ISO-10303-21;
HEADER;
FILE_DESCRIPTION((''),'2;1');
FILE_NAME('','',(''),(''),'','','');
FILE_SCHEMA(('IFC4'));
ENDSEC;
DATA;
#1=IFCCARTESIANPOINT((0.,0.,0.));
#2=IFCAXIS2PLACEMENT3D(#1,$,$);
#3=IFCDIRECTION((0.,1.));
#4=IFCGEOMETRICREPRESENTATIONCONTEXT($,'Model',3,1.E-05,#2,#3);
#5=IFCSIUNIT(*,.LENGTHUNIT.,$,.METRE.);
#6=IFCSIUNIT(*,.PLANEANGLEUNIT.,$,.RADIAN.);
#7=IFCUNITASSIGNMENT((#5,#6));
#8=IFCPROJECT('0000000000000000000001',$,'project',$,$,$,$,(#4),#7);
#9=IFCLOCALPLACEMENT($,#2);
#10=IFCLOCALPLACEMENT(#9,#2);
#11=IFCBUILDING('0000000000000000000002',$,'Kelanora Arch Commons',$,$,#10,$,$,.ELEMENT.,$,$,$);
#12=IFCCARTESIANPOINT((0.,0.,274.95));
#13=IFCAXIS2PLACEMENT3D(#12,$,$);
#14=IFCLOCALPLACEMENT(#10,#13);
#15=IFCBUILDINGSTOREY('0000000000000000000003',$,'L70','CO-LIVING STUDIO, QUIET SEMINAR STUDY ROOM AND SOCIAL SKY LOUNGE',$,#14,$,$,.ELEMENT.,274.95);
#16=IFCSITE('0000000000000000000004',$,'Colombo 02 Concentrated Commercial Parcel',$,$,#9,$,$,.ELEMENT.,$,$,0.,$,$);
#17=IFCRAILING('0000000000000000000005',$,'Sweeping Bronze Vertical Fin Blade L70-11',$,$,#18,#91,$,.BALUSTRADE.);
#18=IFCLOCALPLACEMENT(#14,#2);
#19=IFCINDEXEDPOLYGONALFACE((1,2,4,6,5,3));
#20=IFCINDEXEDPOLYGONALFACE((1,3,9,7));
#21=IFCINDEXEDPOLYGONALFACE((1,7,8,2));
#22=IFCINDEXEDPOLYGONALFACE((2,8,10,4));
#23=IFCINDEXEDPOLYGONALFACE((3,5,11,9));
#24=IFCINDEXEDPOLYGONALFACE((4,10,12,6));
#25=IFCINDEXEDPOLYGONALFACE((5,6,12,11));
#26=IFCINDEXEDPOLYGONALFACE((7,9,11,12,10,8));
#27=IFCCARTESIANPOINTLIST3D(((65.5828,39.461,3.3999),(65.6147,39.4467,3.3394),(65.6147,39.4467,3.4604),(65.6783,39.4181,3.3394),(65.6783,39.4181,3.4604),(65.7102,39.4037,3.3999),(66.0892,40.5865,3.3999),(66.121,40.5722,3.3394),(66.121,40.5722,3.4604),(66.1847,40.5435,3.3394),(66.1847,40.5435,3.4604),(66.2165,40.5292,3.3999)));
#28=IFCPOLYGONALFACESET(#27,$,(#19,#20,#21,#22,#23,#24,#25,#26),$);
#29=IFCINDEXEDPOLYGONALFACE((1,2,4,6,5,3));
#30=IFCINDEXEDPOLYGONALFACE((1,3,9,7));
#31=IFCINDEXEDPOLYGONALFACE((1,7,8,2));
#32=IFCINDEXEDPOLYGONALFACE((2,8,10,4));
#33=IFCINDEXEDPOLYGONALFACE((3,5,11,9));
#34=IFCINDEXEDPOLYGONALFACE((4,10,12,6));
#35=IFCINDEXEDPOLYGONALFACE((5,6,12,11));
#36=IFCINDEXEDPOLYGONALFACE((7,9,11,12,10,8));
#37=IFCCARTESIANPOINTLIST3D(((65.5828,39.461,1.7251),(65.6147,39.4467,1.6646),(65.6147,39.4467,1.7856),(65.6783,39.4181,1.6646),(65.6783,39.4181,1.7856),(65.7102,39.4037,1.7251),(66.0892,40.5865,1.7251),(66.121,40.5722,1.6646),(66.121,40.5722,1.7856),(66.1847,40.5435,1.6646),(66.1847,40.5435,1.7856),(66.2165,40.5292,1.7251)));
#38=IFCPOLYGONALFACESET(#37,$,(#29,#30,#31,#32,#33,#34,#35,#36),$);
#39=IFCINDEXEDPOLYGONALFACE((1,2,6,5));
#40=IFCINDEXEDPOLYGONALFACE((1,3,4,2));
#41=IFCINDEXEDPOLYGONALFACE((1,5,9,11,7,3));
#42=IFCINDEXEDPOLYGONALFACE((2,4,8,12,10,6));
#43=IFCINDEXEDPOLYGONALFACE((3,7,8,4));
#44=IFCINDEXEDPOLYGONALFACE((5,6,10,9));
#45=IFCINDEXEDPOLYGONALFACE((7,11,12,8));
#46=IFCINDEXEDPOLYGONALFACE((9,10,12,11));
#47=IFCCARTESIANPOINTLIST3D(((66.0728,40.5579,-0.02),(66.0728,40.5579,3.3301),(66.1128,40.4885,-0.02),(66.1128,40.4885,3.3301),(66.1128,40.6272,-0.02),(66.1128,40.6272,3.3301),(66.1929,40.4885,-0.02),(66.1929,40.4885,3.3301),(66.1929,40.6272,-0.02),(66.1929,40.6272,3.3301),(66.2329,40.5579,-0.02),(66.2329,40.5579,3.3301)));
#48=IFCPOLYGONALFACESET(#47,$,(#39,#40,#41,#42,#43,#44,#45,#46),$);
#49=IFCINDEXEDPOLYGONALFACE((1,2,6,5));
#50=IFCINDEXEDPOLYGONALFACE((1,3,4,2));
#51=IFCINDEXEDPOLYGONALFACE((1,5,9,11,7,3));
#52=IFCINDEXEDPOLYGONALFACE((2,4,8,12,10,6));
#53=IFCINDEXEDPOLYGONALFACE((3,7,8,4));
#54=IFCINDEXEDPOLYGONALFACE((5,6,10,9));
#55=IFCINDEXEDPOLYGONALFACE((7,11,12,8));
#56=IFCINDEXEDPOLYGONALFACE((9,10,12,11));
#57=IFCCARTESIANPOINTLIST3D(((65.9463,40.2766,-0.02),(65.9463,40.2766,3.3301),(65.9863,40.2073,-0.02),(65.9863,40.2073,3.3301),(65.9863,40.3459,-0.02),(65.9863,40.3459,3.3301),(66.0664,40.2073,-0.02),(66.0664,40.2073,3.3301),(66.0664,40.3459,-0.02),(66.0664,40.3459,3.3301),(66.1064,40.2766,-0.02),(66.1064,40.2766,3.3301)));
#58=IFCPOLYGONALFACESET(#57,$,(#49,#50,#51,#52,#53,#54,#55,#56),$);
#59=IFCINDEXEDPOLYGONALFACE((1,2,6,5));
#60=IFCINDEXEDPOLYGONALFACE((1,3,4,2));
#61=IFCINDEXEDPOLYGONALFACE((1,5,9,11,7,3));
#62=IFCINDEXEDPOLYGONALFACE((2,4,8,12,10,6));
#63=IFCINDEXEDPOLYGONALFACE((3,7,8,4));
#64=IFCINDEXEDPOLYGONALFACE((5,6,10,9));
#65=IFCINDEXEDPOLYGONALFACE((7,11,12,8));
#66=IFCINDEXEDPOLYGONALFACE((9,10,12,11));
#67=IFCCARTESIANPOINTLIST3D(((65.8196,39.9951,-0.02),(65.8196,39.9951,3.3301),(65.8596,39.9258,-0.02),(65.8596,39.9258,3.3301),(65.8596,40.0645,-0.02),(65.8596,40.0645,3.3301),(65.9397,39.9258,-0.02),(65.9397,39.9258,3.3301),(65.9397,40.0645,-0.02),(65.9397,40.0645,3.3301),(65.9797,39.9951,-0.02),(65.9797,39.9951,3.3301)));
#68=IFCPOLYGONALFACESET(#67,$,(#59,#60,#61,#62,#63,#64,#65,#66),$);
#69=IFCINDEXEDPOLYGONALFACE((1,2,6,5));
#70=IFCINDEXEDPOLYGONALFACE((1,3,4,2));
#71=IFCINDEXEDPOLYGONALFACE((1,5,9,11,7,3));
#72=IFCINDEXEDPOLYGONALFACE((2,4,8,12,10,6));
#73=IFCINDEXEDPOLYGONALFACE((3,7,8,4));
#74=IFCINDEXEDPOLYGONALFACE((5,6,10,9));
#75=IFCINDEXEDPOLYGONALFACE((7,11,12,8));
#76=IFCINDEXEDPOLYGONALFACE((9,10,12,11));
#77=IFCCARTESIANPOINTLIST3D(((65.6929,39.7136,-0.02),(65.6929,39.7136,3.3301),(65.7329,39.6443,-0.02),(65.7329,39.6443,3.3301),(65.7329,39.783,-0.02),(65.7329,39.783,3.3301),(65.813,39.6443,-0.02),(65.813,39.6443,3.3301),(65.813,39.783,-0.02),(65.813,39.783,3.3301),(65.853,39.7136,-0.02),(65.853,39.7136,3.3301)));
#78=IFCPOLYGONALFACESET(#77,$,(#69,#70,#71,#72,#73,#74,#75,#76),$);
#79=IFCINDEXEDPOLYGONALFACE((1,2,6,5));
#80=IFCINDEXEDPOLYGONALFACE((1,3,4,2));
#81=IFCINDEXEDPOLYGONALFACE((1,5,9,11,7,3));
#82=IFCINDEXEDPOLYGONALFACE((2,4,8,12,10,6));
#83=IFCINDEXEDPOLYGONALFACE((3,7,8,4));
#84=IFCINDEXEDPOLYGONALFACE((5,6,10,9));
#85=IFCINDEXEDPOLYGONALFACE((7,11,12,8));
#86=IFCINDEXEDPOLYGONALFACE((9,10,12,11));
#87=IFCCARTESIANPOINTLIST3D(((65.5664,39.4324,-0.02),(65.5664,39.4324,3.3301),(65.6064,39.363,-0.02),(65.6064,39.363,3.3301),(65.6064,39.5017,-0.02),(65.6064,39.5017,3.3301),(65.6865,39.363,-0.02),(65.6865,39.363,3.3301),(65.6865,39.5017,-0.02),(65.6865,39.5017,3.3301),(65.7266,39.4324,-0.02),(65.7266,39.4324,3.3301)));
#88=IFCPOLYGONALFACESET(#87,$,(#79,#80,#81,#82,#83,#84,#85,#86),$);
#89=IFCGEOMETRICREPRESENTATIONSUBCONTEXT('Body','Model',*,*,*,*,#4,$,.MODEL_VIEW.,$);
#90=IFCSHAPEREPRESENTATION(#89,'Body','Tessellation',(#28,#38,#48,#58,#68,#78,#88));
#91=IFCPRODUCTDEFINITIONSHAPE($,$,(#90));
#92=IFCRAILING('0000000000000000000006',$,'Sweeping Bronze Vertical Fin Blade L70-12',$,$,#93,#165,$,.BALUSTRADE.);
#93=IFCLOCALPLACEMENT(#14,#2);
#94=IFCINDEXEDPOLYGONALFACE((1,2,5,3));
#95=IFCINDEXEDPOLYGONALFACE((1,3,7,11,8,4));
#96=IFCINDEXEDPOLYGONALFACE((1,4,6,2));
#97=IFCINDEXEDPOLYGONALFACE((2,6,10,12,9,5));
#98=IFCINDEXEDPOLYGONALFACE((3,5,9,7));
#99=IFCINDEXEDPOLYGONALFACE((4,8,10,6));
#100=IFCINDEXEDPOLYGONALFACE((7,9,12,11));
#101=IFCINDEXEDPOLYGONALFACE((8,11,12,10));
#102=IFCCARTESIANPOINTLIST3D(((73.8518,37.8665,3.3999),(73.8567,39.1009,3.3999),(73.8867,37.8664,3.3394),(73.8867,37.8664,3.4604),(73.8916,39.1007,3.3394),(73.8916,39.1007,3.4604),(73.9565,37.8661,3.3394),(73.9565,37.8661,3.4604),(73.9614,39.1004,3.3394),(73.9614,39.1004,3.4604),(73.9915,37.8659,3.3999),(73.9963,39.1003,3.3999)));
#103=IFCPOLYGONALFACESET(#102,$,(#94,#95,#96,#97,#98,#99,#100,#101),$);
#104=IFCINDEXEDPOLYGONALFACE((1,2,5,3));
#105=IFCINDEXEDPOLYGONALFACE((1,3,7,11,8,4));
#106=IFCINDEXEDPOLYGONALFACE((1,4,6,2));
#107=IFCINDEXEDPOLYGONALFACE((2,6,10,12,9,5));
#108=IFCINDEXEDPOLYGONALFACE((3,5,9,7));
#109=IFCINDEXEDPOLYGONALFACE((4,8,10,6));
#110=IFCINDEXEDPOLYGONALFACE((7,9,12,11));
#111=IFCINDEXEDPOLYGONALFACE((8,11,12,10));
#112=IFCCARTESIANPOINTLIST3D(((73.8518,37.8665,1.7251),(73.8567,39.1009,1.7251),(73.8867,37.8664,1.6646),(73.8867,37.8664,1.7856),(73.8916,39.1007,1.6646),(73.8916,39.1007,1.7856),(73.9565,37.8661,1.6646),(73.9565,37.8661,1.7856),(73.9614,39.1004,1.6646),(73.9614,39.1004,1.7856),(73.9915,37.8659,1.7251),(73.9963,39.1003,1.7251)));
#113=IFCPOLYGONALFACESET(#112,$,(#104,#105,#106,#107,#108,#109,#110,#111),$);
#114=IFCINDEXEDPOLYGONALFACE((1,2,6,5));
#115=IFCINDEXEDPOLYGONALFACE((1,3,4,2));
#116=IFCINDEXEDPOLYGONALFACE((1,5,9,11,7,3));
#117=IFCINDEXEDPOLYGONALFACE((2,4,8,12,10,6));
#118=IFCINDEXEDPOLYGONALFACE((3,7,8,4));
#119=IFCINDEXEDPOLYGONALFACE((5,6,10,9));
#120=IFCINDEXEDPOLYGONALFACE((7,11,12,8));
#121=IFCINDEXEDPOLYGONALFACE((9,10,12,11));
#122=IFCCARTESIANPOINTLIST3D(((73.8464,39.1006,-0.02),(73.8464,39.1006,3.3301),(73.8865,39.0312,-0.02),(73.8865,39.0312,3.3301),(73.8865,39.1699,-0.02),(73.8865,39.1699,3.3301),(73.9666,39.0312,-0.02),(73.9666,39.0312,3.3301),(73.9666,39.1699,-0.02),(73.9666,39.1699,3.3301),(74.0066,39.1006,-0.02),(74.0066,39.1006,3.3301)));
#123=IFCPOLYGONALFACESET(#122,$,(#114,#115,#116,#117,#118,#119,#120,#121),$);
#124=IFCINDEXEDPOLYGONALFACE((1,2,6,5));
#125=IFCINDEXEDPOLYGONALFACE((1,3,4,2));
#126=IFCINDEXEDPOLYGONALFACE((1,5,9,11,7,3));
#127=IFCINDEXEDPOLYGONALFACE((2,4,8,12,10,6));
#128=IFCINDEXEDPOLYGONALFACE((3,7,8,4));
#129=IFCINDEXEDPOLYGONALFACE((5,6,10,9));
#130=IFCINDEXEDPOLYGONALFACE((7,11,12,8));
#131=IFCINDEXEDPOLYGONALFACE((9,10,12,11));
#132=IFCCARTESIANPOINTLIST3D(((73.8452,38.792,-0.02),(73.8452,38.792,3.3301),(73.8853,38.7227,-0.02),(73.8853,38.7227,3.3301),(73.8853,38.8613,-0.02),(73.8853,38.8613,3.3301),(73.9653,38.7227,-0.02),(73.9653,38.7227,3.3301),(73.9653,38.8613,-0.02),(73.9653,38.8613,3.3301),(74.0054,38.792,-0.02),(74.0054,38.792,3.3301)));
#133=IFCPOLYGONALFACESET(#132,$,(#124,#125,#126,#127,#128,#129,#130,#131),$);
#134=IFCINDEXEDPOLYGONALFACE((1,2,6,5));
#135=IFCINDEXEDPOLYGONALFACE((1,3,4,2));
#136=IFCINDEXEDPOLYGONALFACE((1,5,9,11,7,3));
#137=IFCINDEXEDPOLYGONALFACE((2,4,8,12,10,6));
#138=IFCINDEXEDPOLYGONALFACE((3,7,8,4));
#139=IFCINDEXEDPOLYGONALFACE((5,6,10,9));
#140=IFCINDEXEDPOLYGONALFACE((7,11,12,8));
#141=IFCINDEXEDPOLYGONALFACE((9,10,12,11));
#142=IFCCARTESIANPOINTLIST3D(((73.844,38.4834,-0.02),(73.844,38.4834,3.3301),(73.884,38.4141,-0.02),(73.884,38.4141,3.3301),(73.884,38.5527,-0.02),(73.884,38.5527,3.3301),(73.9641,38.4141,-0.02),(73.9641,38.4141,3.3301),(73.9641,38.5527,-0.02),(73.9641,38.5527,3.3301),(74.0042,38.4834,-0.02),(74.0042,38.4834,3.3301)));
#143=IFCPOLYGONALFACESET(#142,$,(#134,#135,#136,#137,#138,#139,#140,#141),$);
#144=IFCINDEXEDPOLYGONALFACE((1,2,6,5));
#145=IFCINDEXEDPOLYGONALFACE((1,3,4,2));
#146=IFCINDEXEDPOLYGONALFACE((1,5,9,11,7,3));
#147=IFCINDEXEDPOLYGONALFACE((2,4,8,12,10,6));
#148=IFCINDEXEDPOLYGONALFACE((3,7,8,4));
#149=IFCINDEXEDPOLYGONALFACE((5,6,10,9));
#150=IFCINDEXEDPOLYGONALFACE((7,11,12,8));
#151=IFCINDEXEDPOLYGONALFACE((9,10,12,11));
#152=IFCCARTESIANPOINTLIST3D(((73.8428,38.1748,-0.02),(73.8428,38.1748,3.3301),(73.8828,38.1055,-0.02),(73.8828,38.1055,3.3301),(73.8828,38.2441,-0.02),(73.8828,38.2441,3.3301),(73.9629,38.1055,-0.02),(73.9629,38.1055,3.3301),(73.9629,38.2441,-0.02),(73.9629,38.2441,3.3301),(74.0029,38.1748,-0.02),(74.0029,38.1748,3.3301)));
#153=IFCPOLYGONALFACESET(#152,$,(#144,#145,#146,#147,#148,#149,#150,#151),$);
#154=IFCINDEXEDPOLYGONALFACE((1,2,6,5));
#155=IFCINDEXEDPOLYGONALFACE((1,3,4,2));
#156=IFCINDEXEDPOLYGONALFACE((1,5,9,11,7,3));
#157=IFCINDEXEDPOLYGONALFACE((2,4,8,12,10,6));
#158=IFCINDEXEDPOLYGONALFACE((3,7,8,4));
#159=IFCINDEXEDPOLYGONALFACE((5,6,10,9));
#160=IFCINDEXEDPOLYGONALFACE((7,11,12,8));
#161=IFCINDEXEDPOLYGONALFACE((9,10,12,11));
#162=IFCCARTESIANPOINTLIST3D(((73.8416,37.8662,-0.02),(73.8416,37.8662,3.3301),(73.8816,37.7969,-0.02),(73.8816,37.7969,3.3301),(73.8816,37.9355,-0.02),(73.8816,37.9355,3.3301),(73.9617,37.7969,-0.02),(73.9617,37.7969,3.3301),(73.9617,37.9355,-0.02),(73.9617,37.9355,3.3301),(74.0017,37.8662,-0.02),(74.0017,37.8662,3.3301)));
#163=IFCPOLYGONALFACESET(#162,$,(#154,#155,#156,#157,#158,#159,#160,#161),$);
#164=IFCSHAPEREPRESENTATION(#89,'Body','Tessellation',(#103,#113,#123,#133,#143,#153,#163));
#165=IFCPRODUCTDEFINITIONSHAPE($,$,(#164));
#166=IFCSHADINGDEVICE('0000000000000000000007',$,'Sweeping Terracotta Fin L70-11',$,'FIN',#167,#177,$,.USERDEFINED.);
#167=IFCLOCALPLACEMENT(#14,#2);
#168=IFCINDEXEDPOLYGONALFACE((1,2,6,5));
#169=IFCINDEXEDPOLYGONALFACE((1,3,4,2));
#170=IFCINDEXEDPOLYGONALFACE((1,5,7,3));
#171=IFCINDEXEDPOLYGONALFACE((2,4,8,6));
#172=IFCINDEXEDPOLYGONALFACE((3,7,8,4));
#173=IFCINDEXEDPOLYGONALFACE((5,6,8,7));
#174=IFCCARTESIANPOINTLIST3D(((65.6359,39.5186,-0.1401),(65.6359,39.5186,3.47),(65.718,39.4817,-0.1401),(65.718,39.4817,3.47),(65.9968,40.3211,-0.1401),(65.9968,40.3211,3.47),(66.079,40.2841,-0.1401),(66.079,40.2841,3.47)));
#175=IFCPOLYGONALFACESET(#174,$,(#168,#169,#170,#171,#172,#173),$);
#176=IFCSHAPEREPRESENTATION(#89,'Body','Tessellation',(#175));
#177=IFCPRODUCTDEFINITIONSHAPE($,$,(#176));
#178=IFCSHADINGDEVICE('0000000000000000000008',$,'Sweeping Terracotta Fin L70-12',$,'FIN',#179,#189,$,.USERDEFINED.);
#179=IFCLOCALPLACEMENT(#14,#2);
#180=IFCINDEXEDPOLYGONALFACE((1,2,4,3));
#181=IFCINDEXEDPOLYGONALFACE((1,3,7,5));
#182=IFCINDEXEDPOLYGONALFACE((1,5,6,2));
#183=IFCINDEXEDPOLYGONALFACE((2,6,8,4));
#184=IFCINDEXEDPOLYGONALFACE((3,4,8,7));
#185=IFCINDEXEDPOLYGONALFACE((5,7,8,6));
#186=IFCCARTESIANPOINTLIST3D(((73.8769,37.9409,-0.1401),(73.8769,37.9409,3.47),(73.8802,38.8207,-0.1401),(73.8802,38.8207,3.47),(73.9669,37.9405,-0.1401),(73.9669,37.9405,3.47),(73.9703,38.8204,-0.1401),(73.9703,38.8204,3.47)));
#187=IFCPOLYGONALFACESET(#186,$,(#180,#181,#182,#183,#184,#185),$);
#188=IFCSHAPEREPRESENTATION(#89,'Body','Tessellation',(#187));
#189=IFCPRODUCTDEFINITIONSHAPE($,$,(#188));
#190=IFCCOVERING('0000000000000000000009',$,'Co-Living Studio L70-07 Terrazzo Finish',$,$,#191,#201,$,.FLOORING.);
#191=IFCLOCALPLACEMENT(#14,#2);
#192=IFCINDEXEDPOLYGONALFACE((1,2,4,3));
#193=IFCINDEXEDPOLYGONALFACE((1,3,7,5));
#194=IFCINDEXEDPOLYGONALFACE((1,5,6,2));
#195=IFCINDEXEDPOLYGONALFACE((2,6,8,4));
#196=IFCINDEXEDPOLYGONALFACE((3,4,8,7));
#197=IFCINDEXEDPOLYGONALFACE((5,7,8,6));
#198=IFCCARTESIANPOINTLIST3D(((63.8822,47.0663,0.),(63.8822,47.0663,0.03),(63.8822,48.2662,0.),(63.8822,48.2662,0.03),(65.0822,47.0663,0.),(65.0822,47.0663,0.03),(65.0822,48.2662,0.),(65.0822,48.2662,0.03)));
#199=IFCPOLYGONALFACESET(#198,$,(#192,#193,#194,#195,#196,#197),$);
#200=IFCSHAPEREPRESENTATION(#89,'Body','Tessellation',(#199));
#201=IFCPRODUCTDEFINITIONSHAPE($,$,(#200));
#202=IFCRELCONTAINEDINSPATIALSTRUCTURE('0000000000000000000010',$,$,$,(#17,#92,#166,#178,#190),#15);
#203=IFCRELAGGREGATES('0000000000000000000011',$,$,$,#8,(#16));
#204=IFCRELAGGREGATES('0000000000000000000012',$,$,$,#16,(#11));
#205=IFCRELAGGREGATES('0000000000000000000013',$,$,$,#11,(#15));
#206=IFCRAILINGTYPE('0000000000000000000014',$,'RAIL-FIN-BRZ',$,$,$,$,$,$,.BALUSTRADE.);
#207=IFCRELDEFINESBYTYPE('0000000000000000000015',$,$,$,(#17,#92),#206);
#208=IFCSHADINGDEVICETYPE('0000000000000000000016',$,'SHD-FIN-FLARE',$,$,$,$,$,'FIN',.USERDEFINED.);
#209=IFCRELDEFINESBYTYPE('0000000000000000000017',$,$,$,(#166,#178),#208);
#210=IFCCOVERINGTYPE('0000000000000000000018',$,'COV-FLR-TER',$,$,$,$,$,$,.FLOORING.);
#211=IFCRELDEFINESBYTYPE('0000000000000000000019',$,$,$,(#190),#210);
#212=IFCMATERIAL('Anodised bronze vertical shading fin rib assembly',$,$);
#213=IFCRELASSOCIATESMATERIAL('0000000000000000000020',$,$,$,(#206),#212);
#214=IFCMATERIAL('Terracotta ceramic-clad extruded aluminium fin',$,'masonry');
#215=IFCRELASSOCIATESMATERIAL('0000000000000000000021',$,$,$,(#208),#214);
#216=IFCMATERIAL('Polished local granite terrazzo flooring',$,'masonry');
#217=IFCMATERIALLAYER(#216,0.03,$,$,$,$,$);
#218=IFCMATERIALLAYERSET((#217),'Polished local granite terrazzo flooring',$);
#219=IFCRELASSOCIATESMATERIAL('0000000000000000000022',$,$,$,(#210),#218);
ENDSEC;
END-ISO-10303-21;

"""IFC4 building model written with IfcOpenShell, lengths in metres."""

from ifc_helpers import new_model, si_unit, direction, frame, origin, origin_2d, place, context, subcontext, project, spatial, polyline, rectangle, outline, extrude, source, transform, mapped, material, layer, layer_set, type_object, element, save


model = new_model("IFC4")

# Units and contexts
model_context = context("Model", 3, precision=1e-05, world=origin(), true_north=direction((0.0, 1.0)))
body_context = subcontext(model_context, "Body", "Model", "MODEL_VIEW")
ifc_project = project(units=[si_unit("LENGTHUNIT", "METRE"), si_unit("PLANEANGLEUNIT", "RADIAN")], contexts=[model_context])

# Site, building, storey
site_placement = place(None, origin())
site = spatial("IfcSite", under=ifc_project, at=site_placement, Name="Colombo 02 Concentrated Commercial Parcel", CompositionType="ELEMENT", RefElevation=0.0)
building_placement = place(site_placement, origin())
building = spatial("IfcBuilding", under=site, at=building_placement, Name="Kelanora Arch Commons", CompositionType="ELEMENT")
storey_placement = place(building_placement, frame((0.0, 0.0, 274.95)))
storey = spatial("IfcBuildingStorey", under=building, at=storey_placement, Name="L70", Description="CO-LIVING STUDIO, QUIET SEMINAR STUDY ROOM AND SOCIAL SKY LOUNGE", CompositionType="ELEMENT", Elevation=274.95)

# Railings
ifc_material_1 = material(Name="Anodised bronze vertical shading fin rib assembly")
railing_type = type_object("IfcRailingType", Name="RAIL-FIN-BRZ", PredefinedType="BALUSTRADE", material=ifc_material_1)
railing_1_placement = place(storey_placement, frame((66.1528, 40.5579, -0.02)))
element("IfcRailing", 1, at=railing_1_placement, inside=storey, type_object=railing_type, Name="Sweeping Bronze Vertical Fin Blade L70-11", PredefinedType="BALUSTRADE", context=body_context, shape_type="SweptSolid", body=[
    extrude(outline(polyline([(0.0698, 0.0), (0.0349, 0.0605), (-0.0349, 0.0605), (-0.0698, 0.0), (-0.0349, -0.0605), (0.0349, -0.0605), (0.0698, 0.0)])), frame((0.0, 0.0, 3.4199), z_axis=(-0.410282, -0.911959, 0.0), x_axis=(0.911959, -0.410282, 0.0)), (0.0, 0.0, 1.0), 1.2341),
    extrude(outline(polyline([(0.0698, 0.0), (0.0349, 0.0605), (-0.0349, 0.0605), (-0.0698, 0.0), (-0.0349, -0.0605), (0.0349, -0.0605), (0.0698, 0.0)])), frame((0.0, 0.0, 1.7451), z_axis=(-0.410282, -0.911959, 0.0), x_axis=(0.911959, -0.410282, 0.0)), (0.0, 0.0, 1.0), 1.2341),
    extrude(outline(polyline([(0.0801, 0.0), (0.04, 0.0693), (-0.04, 0.0693), (-0.0801, 0.0), (-0.04, -0.0693), (0.04, -0.0693), (0.0801, 0.0)])), origin(), (0.0, 0.0, 1.0), 3.3501),
    extrude(outline(polyline([(0.0801, 0.0), (0.04, 0.0693), (-0.04, 0.0693), (-0.0801, 0.0), (-0.04, -0.0693), (0.04, -0.0693), (0.0801, 0.0)])), frame((-0.1265, -0.2812, 0.0)), (0.0, 0.0, 1.0), 3.3501),
    extrude(outline(polyline([(0.0801, 0.0), (0.04, 0.0693), (-0.04, 0.0693), (-0.0801, 0.0), (-0.04, -0.0693), (0.04, -0.0693), (0.0801, 0.0)])), frame((-0.2532, -0.5627, 0.0)), (0.0, 0.0, 1.0), 3.3501),
    extrude(outline(polyline([(0.0801, 0.0), (0.04, 0.0693), (-0.04, 0.0693), (-0.0801, 0.0), (-0.04, -0.0693), (0.04, -0.0693), (0.0801, 0.0)])), frame((-0.3799, -0.8442, 0.0)), (0.0, 0.0, 1.0), 3.3501),
    extrude(outline(polyline([(0.0801, 0.0), (0.04, 0.0693), (-0.04, 0.0693), (-0.0801, 0.0), (-0.04, -0.0693), (0.04, -0.0693), (0.0801, 0.0)])), frame((-0.5063, -1.1255, 0.0)), (0.0, 0.0, 1.0), 3.3501),
])
railing_2_placement = place(storey_placement, frame((73.9265, 39.1006, -0.02)))
element("IfcRailing", 2, at=railing_2_placement, inside=storey, type_object=railing_type, Name="Sweeping Bronze Vertical Fin Blade L70-12", PredefinedType="BALUSTRADE", context=body_context, shape_type="SweptSolid", body=[
    extrude(outline(polyline([(0.0698, 0.0), (0.0349, 0.0605), (-0.0349, 0.0605), (-0.0698, 0.0), (-0.0349, -0.0605), (0.0349, -0.0605), (0.0698, 0.0)])), frame((0.0, 0.0, 3.4199), z_axis=(-0.003956, -0.999992, 0.0), x_axis=(0.999992, -0.003956, 0.0)), (0.0, 0.0, 1.0), 1.2344),
    extrude(outline(polyline([(0.0698, 0.0), (0.0349, 0.0605), (-0.0349, 0.0605), (-0.0698, 0.0), (-0.0349, -0.0605), (0.0349, -0.0605), (0.0698, 0.0)])), frame((0.0, 0.0, 1.7451), z_axis=(-0.003956, -0.999992, 0.0), x_axis=(0.999992, -0.003956, 0.0)), (0.0, 0.0, 1.0), 1.2344),
    extrude(outline(polyline([(0.0801, 0.0), (0.04, 0.0693), (-0.04, 0.0693), (-0.0801, 0.0), (-0.04, -0.0693), (0.04, -0.0693), (0.0801, 0.0)])), origin(), (0.0, 0.0, 1.0), 3.3501),
    extrude(outline(polyline([(0.0801, 0.0), (0.04, 0.0693), (-0.04, 0.0693), (-0.0801, 0.0), (-0.04, -0.0693), (0.04, -0.0693), (0.0801, 0.0)])), frame((-0.0012, -0.3086, 0.0)), (0.0, 0.0, 1.0), 3.3501),
    extrude(outline(polyline([(0.0801, 0.0), (0.04, 0.0693), (-0.04, 0.0693), (-0.0801, 0.0), (-0.04, -0.0693), (0.04, -0.0693), (0.0801, 0.0)])), frame((-0.0024, -0.6172, 0.0)), (0.0, 0.0, 1.0), 3.3501),
    extrude(outline(polyline([(0.0801, 0.0), (0.04, 0.0693), (-0.04, 0.0693), (-0.0801, 0.0), (-0.04, -0.0693), (0.04, -0.0693), (0.0801, 0.0)])), frame((-0.0037, -0.9258, 0.0)), (0.0, 0.0, 1.0), 3.3501),
    extrude(outline(polyline([(0.0801, 0.0), (0.04, 0.0693), (-0.04, 0.0693), (-0.0801, 0.0), (-0.04, -0.0693), (0.04, -0.0693), (0.0801, 0.0)])), frame((-0.0049, -1.2344, 0.0)), (0.0, 0.0, 1.0), 3.3501),
])

# Shading devices
ifc_material_2 = material(Name="Terracotta ceramic-clad extruded aluminium fin", Category="masonry")
shading_device_type = type_object("IfcShadingDeviceType", Name="SHD-FIN-FLARE", ElementType="FIN", PredefinedType="USERDEFINED", material=ifc_material_2)
shared_shape_1 = source(origin(), body_context, "Body", "SweptSolid", [
    extrude(rectangle(XDim=0.8799, YDim=0.0901, at=origin_2d()), origin(), (0.0, 0.0, 1.0), 3.6101),
])
for number, where, z_axis, x_axis, name in (
    (3, (65.8574, 39.9014, -0.1401), (0.0, 0.0, 1.0), (-0.410241, -0.911977, 0.0), "Sweeping Terracotta Fin L70-11"),
    (4, (73.9236, 38.3806, -0.1401), (0.0, 0.0, 1.0), (-0.00384, -0.999993, 0.0), "Sweeping Terracotta Fin L70-12"),
):
    element("IfcShadingDevice", number, at=place(storey_placement, frame(where, z_axis=z_axis, x_axis=x_axis)), inside=storey, type_object=shading_device_type, Name=name, ObjectType="FIN", PredefinedType="USERDEFINED", context=body_context, shape_type="MappedRepresentation", body=[
        mapped(shared_shape_1, transform((0.0, 0.0, 0.0), scale=1.0)),
    ])

# Covering
ifc_material_3 = material(Name="Polished local granite terrazzo flooring", Category="masonry")
ifc_layer_1 = layer(ifc_material_3, 0.03)
ifc_layer_set_1 = layer_set([ifc_layer_1], Name="Polished local granite terrazzo flooring")
covering_type = type_object("IfcCoveringType", Name="COV-FLR-TER", PredefinedType="FLOORING", material=ifc_layer_set_1)
shared_shape_2 = source(origin(), body_context, "Body", "SweptSolid", [
    extrude(rectangle(XDim=1.2, YDim=1.2, at=origin_2d()), origin(), (0.0, 0.0, 1.0), 0.03),
])
covering_placement = place(storey_placement, frame((64.4822, 47.6663, 0.0), z_axis=(0.0, 0.0, 1.0), x_axis=(1.0, 0.0, 0.0)))
element("IfcCovering", 5, at=covering_placement, inside=storey, type_object=covering_type, Name="Co-Living Studio L70-07 Terrazzo Finish", PredefinedType="FLOORING", context=body_context, shape_type="MappedRepresentation", body=[
    mapped(shared_shape_2, transform((0.0, 0.0, 0.0), scale=1.0)),
])

save(model, "model.ifc")
